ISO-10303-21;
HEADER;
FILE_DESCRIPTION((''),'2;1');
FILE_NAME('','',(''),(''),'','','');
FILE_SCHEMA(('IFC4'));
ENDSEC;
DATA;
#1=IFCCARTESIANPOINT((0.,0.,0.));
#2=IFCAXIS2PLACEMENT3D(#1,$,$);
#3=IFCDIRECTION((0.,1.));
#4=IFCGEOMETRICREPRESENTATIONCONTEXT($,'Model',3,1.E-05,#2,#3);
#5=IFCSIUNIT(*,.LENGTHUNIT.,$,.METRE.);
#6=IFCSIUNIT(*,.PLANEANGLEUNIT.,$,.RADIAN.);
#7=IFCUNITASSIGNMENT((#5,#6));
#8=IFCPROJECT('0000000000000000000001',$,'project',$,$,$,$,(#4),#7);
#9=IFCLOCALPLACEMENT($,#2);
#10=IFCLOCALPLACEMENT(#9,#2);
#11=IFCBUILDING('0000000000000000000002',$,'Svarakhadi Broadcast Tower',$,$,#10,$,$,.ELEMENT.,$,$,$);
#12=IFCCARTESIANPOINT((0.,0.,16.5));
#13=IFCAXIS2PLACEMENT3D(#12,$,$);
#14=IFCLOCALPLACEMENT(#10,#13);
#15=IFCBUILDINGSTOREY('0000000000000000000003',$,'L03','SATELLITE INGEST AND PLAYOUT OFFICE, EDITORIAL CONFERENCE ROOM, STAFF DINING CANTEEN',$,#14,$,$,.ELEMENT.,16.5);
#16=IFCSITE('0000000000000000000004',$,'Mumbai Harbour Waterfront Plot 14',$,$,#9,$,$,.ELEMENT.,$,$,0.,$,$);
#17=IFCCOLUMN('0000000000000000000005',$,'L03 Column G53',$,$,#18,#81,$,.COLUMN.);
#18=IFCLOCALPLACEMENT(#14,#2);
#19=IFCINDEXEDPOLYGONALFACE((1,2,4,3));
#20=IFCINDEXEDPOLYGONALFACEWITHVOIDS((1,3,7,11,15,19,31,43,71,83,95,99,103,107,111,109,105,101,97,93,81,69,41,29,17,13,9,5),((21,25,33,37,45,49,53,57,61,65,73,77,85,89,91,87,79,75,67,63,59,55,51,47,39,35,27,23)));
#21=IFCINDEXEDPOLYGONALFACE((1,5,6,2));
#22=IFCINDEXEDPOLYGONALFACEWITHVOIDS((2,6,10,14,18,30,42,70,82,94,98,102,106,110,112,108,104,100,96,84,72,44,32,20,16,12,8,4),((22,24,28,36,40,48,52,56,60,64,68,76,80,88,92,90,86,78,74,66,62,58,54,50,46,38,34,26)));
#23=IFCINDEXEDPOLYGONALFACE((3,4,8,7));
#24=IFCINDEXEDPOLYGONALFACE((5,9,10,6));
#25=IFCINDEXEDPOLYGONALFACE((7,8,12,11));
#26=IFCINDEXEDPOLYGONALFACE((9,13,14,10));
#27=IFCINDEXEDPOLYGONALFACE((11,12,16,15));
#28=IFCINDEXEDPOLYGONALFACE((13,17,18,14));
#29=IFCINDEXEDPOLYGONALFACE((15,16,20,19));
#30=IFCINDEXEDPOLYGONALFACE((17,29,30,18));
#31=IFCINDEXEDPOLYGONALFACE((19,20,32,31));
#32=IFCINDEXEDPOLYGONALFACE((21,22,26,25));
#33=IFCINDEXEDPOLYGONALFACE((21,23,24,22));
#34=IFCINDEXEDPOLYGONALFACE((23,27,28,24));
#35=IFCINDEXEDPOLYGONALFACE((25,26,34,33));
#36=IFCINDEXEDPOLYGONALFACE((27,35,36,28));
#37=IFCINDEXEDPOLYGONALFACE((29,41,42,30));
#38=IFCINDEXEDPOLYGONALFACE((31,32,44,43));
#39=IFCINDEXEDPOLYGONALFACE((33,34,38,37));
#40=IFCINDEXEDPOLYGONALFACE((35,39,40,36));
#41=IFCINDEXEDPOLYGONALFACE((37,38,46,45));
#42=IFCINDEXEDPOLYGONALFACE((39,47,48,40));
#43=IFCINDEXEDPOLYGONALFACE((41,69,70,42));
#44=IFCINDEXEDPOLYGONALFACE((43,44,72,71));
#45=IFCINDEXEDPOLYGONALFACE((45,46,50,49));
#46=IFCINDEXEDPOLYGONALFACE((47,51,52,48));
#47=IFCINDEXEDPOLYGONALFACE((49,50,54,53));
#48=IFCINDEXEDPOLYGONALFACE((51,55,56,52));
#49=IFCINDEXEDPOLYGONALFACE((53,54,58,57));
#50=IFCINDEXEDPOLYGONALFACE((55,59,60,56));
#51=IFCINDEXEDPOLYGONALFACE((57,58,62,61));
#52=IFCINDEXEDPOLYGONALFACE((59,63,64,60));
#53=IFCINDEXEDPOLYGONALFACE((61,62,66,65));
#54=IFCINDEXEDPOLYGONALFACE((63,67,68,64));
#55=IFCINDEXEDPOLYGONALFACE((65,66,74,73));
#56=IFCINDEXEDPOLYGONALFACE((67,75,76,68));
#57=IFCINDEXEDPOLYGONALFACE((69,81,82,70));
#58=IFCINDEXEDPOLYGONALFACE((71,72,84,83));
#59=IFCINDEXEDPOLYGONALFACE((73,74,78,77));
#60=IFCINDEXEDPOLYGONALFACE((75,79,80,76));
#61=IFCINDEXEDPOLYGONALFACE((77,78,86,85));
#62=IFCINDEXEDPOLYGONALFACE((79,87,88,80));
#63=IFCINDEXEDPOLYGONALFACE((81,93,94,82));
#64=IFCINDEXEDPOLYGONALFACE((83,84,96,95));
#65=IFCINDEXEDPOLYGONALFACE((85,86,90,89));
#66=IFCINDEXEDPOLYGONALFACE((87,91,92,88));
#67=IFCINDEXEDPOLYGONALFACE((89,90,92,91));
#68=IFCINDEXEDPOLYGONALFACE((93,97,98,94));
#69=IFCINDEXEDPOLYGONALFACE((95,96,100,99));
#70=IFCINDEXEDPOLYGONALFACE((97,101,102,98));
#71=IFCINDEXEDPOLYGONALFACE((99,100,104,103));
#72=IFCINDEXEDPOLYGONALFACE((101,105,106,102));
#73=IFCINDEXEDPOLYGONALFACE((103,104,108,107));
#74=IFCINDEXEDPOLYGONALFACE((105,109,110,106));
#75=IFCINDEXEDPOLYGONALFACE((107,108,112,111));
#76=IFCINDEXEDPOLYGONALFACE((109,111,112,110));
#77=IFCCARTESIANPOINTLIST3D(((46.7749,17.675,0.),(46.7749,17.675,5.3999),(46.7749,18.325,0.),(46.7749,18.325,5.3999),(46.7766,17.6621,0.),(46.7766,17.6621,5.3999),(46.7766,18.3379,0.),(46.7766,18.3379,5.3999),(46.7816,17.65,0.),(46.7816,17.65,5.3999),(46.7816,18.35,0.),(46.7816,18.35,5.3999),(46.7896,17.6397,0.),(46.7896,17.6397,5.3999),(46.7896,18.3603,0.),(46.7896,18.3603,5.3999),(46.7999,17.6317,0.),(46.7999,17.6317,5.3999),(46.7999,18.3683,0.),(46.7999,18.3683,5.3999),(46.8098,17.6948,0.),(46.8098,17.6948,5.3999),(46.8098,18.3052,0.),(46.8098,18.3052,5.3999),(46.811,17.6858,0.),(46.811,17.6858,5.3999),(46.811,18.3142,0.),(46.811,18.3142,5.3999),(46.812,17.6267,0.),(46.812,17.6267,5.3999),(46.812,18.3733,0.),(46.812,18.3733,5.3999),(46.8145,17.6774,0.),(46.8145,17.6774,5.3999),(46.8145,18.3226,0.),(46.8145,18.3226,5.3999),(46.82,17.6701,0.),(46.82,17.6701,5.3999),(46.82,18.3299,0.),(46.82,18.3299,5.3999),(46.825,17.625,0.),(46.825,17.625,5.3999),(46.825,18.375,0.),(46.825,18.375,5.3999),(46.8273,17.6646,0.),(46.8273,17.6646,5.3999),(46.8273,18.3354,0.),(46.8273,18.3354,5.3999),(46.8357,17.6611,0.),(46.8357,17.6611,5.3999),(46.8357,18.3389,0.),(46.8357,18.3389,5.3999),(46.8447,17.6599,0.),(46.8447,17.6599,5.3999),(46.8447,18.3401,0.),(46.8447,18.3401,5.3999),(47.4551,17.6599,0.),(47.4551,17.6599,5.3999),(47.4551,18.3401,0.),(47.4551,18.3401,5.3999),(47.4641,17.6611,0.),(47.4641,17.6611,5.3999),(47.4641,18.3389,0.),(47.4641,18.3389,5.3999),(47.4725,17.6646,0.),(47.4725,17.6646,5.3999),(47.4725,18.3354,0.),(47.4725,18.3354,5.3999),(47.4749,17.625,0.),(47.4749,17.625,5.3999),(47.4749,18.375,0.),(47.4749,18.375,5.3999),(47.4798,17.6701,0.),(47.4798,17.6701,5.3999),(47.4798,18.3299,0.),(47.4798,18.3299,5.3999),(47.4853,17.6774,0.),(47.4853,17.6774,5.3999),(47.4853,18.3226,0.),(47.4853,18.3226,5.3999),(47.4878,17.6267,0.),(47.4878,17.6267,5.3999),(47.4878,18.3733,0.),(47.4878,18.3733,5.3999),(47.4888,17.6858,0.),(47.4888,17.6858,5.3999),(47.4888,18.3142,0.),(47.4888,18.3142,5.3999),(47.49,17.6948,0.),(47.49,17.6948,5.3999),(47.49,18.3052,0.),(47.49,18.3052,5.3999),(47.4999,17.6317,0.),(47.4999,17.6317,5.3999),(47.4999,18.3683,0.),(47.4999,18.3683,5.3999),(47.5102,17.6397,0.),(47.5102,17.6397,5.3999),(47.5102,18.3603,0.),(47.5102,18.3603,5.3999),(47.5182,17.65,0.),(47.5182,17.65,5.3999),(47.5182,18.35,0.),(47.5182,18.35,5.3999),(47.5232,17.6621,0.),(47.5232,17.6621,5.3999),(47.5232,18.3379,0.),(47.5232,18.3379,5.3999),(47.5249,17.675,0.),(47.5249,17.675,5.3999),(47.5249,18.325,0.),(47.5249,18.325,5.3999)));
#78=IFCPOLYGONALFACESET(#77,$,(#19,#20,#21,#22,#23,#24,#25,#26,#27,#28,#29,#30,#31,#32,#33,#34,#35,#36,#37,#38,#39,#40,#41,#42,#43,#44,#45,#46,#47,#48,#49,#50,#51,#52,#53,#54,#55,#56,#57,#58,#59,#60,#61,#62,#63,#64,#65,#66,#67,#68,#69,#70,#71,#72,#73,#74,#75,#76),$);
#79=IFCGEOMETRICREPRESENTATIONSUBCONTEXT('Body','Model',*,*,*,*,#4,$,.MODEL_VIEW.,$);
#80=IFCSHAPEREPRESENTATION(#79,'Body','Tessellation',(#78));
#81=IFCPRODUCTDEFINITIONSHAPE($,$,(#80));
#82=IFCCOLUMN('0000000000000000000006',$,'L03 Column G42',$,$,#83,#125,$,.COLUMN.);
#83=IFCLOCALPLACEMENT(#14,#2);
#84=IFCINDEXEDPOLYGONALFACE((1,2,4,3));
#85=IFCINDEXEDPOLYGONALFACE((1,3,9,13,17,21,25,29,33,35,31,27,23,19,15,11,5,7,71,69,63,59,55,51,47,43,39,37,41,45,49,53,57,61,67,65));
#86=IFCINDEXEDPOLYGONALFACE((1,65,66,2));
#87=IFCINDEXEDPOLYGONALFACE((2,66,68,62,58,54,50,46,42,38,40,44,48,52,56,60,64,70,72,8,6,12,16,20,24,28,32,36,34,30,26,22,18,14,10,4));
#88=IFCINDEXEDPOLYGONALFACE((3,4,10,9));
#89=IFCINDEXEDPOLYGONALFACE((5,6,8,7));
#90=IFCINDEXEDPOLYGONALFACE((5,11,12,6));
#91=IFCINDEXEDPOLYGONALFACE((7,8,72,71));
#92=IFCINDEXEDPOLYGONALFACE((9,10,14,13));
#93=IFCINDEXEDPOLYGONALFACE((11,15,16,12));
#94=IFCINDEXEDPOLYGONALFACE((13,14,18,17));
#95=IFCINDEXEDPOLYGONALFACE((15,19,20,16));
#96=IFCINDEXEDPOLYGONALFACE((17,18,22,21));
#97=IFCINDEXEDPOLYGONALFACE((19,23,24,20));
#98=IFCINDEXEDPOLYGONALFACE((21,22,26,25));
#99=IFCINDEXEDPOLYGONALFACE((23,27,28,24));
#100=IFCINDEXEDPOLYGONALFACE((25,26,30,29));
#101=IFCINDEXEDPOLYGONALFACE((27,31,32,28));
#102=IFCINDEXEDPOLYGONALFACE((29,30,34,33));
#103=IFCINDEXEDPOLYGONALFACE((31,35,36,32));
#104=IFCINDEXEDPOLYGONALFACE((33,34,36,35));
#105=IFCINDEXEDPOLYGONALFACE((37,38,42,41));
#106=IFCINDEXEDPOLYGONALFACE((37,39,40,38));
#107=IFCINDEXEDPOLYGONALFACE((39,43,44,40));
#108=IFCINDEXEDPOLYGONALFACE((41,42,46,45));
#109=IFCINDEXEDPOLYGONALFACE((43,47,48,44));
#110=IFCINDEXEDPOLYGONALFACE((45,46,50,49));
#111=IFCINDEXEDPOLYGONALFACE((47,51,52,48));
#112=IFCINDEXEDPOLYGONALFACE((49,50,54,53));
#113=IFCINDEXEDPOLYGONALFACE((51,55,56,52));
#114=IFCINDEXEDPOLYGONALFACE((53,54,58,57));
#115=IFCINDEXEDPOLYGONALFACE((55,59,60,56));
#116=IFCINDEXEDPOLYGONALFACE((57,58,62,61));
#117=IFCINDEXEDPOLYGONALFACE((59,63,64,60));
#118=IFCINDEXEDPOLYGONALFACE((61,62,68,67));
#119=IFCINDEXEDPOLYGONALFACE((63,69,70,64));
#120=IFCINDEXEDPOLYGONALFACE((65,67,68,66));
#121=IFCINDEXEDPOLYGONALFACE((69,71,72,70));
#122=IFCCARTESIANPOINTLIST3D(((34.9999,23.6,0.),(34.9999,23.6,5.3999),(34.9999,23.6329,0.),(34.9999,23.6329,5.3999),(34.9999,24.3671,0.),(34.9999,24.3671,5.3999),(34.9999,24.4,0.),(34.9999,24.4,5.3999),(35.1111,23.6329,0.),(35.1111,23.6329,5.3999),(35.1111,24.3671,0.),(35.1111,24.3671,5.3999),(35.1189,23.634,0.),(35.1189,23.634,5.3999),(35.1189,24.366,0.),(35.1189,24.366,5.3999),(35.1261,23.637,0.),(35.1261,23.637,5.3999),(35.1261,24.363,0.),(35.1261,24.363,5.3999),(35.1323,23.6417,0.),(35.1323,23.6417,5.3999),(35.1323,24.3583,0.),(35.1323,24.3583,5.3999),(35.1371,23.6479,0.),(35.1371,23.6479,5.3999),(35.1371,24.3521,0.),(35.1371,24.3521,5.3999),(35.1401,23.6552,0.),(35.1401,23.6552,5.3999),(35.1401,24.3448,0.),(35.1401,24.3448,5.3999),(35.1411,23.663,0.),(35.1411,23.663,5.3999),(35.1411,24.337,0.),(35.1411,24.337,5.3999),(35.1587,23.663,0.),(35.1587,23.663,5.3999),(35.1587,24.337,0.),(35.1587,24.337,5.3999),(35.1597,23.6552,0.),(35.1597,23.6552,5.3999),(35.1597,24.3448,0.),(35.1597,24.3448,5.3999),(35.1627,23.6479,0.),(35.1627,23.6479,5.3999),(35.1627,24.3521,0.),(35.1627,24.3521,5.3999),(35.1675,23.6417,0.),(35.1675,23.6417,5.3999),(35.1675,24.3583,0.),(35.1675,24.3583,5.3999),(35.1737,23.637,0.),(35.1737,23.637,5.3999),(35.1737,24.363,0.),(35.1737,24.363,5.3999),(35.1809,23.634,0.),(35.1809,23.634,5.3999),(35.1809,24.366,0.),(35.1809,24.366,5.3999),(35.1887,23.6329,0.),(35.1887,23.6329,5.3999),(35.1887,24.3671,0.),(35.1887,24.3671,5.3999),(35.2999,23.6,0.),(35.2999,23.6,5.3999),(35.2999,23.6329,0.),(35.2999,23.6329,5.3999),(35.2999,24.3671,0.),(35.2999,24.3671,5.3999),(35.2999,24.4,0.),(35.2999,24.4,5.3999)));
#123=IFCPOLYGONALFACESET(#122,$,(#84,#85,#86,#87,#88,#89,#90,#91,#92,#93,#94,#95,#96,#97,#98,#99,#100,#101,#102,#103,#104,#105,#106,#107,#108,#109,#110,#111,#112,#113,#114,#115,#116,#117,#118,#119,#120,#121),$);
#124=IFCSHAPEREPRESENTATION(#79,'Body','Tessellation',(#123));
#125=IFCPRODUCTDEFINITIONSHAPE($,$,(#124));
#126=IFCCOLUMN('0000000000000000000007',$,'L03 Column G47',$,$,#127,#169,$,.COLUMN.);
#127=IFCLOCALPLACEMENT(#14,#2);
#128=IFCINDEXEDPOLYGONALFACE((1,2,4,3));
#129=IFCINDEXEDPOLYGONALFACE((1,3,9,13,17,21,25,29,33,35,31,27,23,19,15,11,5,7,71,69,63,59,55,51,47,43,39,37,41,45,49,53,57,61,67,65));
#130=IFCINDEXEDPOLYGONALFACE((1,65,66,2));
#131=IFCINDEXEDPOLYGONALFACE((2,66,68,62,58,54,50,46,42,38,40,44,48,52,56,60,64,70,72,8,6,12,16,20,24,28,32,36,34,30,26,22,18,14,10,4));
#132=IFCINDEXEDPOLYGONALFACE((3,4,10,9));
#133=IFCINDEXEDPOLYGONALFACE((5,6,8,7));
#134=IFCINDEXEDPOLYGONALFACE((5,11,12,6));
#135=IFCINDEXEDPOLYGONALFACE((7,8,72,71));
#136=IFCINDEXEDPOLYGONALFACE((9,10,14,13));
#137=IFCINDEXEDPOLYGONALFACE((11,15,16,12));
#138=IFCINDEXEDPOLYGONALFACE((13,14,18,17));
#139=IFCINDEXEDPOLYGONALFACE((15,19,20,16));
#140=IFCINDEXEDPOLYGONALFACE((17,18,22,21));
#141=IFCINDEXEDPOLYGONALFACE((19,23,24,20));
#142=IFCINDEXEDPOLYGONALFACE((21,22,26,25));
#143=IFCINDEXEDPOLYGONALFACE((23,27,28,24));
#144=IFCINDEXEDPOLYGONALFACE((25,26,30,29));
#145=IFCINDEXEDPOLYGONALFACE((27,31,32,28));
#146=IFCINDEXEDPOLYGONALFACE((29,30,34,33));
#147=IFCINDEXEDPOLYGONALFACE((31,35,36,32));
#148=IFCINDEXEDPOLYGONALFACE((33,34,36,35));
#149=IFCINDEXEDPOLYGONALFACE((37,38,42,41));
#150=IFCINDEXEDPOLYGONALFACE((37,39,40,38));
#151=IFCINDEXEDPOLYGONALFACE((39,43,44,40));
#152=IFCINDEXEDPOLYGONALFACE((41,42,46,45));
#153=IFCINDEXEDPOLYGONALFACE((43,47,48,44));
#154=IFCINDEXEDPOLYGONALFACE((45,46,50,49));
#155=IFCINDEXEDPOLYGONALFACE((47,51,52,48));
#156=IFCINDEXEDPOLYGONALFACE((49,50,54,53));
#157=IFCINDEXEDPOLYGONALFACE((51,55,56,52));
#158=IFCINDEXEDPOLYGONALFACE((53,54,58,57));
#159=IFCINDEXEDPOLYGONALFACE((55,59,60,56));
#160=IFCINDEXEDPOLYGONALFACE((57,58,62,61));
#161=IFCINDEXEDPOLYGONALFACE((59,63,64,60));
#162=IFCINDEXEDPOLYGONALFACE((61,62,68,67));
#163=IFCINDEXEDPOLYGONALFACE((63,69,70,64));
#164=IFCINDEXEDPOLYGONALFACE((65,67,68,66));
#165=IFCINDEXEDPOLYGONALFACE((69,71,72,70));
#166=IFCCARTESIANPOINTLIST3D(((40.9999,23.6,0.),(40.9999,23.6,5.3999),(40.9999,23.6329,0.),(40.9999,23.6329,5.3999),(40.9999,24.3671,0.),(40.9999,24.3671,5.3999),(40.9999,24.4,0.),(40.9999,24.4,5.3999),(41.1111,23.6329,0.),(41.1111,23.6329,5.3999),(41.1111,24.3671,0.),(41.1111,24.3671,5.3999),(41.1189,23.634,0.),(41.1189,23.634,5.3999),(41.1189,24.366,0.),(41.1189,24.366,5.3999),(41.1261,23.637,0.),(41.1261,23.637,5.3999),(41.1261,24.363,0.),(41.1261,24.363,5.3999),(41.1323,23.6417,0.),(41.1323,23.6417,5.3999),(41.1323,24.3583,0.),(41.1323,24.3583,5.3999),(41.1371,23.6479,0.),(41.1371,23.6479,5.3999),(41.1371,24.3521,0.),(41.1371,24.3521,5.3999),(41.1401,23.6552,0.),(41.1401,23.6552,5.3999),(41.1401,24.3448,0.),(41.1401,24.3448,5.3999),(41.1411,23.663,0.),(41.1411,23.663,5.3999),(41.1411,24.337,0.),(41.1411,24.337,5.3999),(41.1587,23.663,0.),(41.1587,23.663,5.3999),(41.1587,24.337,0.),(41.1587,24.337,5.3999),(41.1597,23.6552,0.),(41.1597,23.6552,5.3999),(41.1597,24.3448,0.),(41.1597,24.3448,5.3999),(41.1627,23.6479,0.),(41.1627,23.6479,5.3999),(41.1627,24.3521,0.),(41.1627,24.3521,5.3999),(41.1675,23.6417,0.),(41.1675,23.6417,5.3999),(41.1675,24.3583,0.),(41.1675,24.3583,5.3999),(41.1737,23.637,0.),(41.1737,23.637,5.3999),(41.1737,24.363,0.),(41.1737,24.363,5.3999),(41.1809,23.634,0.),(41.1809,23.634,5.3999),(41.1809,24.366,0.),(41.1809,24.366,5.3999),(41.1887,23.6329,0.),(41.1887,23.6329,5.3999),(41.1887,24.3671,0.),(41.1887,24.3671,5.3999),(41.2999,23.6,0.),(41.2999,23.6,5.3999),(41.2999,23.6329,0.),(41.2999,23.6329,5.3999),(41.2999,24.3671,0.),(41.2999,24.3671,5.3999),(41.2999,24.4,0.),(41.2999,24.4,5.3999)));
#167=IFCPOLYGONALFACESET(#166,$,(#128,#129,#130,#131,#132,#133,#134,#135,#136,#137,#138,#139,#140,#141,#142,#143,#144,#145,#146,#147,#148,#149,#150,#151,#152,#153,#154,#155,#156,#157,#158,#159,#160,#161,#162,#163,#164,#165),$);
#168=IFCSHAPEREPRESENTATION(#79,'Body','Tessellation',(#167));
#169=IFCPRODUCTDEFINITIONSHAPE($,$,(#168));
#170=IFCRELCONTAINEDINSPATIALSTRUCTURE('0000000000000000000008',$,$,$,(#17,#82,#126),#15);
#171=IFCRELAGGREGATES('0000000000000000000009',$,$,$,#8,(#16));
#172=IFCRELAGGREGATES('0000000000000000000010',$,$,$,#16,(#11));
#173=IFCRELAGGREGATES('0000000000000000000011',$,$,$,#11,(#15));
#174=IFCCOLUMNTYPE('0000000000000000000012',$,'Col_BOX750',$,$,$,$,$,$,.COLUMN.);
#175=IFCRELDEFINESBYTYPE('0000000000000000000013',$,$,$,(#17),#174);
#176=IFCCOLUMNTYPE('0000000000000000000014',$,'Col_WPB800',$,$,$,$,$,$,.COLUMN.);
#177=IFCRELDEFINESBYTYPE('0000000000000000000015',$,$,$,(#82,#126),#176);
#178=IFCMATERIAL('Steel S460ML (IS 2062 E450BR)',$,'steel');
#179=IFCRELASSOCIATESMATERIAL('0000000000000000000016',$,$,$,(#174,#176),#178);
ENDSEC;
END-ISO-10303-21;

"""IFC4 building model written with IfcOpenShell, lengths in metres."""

from ifc_helpers import new_model, si_unit, direction, frame, origin, origin_2d, place, context, subcontext, project, spatial, hollow_rectangle, i_section, extrude, material, material_profile, profile_set, type_object, element, save


model = new_model("IFC4")

# Units and contexts
model_context = context("Model", 3, precision=1e-05, world=origin(), true_north=direction((0.0, 1.0)))
body_context = subcontext(model_context, "Body", "Model", "MODEL_VIEW")
ifc_project = project(units=[si_unit("LENGTHUNIT", "METRE"), si_unit("PLANEANGLEUNIT", "RADIAN")], contexts=[model_context])

# Site, building, storey
site_placement = place(None, origin())
site = spatial("IfcSite", under=ifc_project, at=site_placement, Name="Mumbai Harbour Waterfront Plot 14", CompositionType="ELEMENT", RefElevation=0.0)
building_placement = place(site_placement, origin())
building = spatial("IfcBuilding", under=site, at=building_placement, Name="Svarakhadi Broadcast Tower", CompositionType="ELEMENT")
storey_placement = place(building_placement, frame((0.0, 0.0, 16.5)))
storey = spatial("IfcBuildingStorey", under=building, at=storey_placement, Name="L03", Description="SATELLITE INGEST AND PLAYOUT OFFICE, EDITORIAL CONFERENCE ROOM, STAFF DINING CANTEEN", CompositionType="ELEMENT", Elevation=16.5)

# Columns
ifc_material_1 = material(Name="Steel S460ML (IS 2062 E450BR)", Category="steel")
ifc_material_profile_1 = material_profile(ifc_material_1, hollow_rectangle(XDim=0.75, YDim=0.75, WallThickness=0.0349, InnerFilletRadius=0.0349, OuterFilletRadius=0.05, at=origin_2d()), Name="BOX 750x750x35")
ifc_profile_set_1 = profile_set([ifc_material_profile_1], Name="Steel S460ML (IS 2062 E450BR)")
column_type_1 = type_object("IfcColumnType", Name="Col_BOX750", PredefinedType="COLUMN", material=ifc_profile_set_1)
column_placement = place(storey_placement, frame((47.1499, 18.0, 0.0), z_axis=(0.0, 0.0, 1.0), x_axis=(1.0, 0.0, 0.0)))
element("IfcColumn", 1, at=column_placement, inside=storey, type_object=column_type_1, Name="L03 Column G53", PredefinedType="COLUMN", context=body_context, shape_type="SweptSolid", body=[
    extrude(hollow_rectangle(XDim=0.75, YDim=0.75, WallThickness=0.0349, InnerFilletRadius=0.0349, OuterFilletRadius=0.05, at=origin_2d()), origin(), (0.0, 0.0, 1.0), 5.3999),
])
ifc_material_profile_2 = material_profile(ifc_material_1, i_section(OverallWidth=0.3, OverallDepth=0.8, WebThickness=0.0176, FlangeThickness=0.033, FilletRadius=0.03, at=origin_2d()), Name="WPB 800x300x262")
ifc_profile_set_2 = profile_set([ifc_material_profile_2], Name="Steel S460ML (IS 2062 E450BR)")
column_type_2 = type_object("IfcColumnType", Name="Col_WPB800", PredefinedType="COLUMN", material=ifc_profile_set_2)
for number, where, z_axis, x_axis, name in (
    (2, (35.1499, 24.0, 0.0), (0.0, 0.0, 1.0), (1.0, 0.0, 0.0), "L03 Column G42"),
    (3, (41.1499, 24.0, 0.0), (0.0, 0.0, 1.0), (1.0, 0.0, 0.0), "L03 Column G47"),
):
    element("IfcColumn", number, at=place(storey_placement, frame(where, z_axis=z_axis, x_axis=x_axis)), inside=storey, type_object=column_type_2, Name=name, PredefinedType="COLUMN", context=body_context, shape_type="SweptSolid", body=[
        extrude(i_section(OverallWidth=0.3, OverallDepth=0.8, WebThickness=0.0176, FlangeThickness=0.033, FilletRadius=0.03, at=origin_2d()), origin(), (0.0, 0.0, 1.0), 5.3999),
    ])

save(model, "model.ifc")
